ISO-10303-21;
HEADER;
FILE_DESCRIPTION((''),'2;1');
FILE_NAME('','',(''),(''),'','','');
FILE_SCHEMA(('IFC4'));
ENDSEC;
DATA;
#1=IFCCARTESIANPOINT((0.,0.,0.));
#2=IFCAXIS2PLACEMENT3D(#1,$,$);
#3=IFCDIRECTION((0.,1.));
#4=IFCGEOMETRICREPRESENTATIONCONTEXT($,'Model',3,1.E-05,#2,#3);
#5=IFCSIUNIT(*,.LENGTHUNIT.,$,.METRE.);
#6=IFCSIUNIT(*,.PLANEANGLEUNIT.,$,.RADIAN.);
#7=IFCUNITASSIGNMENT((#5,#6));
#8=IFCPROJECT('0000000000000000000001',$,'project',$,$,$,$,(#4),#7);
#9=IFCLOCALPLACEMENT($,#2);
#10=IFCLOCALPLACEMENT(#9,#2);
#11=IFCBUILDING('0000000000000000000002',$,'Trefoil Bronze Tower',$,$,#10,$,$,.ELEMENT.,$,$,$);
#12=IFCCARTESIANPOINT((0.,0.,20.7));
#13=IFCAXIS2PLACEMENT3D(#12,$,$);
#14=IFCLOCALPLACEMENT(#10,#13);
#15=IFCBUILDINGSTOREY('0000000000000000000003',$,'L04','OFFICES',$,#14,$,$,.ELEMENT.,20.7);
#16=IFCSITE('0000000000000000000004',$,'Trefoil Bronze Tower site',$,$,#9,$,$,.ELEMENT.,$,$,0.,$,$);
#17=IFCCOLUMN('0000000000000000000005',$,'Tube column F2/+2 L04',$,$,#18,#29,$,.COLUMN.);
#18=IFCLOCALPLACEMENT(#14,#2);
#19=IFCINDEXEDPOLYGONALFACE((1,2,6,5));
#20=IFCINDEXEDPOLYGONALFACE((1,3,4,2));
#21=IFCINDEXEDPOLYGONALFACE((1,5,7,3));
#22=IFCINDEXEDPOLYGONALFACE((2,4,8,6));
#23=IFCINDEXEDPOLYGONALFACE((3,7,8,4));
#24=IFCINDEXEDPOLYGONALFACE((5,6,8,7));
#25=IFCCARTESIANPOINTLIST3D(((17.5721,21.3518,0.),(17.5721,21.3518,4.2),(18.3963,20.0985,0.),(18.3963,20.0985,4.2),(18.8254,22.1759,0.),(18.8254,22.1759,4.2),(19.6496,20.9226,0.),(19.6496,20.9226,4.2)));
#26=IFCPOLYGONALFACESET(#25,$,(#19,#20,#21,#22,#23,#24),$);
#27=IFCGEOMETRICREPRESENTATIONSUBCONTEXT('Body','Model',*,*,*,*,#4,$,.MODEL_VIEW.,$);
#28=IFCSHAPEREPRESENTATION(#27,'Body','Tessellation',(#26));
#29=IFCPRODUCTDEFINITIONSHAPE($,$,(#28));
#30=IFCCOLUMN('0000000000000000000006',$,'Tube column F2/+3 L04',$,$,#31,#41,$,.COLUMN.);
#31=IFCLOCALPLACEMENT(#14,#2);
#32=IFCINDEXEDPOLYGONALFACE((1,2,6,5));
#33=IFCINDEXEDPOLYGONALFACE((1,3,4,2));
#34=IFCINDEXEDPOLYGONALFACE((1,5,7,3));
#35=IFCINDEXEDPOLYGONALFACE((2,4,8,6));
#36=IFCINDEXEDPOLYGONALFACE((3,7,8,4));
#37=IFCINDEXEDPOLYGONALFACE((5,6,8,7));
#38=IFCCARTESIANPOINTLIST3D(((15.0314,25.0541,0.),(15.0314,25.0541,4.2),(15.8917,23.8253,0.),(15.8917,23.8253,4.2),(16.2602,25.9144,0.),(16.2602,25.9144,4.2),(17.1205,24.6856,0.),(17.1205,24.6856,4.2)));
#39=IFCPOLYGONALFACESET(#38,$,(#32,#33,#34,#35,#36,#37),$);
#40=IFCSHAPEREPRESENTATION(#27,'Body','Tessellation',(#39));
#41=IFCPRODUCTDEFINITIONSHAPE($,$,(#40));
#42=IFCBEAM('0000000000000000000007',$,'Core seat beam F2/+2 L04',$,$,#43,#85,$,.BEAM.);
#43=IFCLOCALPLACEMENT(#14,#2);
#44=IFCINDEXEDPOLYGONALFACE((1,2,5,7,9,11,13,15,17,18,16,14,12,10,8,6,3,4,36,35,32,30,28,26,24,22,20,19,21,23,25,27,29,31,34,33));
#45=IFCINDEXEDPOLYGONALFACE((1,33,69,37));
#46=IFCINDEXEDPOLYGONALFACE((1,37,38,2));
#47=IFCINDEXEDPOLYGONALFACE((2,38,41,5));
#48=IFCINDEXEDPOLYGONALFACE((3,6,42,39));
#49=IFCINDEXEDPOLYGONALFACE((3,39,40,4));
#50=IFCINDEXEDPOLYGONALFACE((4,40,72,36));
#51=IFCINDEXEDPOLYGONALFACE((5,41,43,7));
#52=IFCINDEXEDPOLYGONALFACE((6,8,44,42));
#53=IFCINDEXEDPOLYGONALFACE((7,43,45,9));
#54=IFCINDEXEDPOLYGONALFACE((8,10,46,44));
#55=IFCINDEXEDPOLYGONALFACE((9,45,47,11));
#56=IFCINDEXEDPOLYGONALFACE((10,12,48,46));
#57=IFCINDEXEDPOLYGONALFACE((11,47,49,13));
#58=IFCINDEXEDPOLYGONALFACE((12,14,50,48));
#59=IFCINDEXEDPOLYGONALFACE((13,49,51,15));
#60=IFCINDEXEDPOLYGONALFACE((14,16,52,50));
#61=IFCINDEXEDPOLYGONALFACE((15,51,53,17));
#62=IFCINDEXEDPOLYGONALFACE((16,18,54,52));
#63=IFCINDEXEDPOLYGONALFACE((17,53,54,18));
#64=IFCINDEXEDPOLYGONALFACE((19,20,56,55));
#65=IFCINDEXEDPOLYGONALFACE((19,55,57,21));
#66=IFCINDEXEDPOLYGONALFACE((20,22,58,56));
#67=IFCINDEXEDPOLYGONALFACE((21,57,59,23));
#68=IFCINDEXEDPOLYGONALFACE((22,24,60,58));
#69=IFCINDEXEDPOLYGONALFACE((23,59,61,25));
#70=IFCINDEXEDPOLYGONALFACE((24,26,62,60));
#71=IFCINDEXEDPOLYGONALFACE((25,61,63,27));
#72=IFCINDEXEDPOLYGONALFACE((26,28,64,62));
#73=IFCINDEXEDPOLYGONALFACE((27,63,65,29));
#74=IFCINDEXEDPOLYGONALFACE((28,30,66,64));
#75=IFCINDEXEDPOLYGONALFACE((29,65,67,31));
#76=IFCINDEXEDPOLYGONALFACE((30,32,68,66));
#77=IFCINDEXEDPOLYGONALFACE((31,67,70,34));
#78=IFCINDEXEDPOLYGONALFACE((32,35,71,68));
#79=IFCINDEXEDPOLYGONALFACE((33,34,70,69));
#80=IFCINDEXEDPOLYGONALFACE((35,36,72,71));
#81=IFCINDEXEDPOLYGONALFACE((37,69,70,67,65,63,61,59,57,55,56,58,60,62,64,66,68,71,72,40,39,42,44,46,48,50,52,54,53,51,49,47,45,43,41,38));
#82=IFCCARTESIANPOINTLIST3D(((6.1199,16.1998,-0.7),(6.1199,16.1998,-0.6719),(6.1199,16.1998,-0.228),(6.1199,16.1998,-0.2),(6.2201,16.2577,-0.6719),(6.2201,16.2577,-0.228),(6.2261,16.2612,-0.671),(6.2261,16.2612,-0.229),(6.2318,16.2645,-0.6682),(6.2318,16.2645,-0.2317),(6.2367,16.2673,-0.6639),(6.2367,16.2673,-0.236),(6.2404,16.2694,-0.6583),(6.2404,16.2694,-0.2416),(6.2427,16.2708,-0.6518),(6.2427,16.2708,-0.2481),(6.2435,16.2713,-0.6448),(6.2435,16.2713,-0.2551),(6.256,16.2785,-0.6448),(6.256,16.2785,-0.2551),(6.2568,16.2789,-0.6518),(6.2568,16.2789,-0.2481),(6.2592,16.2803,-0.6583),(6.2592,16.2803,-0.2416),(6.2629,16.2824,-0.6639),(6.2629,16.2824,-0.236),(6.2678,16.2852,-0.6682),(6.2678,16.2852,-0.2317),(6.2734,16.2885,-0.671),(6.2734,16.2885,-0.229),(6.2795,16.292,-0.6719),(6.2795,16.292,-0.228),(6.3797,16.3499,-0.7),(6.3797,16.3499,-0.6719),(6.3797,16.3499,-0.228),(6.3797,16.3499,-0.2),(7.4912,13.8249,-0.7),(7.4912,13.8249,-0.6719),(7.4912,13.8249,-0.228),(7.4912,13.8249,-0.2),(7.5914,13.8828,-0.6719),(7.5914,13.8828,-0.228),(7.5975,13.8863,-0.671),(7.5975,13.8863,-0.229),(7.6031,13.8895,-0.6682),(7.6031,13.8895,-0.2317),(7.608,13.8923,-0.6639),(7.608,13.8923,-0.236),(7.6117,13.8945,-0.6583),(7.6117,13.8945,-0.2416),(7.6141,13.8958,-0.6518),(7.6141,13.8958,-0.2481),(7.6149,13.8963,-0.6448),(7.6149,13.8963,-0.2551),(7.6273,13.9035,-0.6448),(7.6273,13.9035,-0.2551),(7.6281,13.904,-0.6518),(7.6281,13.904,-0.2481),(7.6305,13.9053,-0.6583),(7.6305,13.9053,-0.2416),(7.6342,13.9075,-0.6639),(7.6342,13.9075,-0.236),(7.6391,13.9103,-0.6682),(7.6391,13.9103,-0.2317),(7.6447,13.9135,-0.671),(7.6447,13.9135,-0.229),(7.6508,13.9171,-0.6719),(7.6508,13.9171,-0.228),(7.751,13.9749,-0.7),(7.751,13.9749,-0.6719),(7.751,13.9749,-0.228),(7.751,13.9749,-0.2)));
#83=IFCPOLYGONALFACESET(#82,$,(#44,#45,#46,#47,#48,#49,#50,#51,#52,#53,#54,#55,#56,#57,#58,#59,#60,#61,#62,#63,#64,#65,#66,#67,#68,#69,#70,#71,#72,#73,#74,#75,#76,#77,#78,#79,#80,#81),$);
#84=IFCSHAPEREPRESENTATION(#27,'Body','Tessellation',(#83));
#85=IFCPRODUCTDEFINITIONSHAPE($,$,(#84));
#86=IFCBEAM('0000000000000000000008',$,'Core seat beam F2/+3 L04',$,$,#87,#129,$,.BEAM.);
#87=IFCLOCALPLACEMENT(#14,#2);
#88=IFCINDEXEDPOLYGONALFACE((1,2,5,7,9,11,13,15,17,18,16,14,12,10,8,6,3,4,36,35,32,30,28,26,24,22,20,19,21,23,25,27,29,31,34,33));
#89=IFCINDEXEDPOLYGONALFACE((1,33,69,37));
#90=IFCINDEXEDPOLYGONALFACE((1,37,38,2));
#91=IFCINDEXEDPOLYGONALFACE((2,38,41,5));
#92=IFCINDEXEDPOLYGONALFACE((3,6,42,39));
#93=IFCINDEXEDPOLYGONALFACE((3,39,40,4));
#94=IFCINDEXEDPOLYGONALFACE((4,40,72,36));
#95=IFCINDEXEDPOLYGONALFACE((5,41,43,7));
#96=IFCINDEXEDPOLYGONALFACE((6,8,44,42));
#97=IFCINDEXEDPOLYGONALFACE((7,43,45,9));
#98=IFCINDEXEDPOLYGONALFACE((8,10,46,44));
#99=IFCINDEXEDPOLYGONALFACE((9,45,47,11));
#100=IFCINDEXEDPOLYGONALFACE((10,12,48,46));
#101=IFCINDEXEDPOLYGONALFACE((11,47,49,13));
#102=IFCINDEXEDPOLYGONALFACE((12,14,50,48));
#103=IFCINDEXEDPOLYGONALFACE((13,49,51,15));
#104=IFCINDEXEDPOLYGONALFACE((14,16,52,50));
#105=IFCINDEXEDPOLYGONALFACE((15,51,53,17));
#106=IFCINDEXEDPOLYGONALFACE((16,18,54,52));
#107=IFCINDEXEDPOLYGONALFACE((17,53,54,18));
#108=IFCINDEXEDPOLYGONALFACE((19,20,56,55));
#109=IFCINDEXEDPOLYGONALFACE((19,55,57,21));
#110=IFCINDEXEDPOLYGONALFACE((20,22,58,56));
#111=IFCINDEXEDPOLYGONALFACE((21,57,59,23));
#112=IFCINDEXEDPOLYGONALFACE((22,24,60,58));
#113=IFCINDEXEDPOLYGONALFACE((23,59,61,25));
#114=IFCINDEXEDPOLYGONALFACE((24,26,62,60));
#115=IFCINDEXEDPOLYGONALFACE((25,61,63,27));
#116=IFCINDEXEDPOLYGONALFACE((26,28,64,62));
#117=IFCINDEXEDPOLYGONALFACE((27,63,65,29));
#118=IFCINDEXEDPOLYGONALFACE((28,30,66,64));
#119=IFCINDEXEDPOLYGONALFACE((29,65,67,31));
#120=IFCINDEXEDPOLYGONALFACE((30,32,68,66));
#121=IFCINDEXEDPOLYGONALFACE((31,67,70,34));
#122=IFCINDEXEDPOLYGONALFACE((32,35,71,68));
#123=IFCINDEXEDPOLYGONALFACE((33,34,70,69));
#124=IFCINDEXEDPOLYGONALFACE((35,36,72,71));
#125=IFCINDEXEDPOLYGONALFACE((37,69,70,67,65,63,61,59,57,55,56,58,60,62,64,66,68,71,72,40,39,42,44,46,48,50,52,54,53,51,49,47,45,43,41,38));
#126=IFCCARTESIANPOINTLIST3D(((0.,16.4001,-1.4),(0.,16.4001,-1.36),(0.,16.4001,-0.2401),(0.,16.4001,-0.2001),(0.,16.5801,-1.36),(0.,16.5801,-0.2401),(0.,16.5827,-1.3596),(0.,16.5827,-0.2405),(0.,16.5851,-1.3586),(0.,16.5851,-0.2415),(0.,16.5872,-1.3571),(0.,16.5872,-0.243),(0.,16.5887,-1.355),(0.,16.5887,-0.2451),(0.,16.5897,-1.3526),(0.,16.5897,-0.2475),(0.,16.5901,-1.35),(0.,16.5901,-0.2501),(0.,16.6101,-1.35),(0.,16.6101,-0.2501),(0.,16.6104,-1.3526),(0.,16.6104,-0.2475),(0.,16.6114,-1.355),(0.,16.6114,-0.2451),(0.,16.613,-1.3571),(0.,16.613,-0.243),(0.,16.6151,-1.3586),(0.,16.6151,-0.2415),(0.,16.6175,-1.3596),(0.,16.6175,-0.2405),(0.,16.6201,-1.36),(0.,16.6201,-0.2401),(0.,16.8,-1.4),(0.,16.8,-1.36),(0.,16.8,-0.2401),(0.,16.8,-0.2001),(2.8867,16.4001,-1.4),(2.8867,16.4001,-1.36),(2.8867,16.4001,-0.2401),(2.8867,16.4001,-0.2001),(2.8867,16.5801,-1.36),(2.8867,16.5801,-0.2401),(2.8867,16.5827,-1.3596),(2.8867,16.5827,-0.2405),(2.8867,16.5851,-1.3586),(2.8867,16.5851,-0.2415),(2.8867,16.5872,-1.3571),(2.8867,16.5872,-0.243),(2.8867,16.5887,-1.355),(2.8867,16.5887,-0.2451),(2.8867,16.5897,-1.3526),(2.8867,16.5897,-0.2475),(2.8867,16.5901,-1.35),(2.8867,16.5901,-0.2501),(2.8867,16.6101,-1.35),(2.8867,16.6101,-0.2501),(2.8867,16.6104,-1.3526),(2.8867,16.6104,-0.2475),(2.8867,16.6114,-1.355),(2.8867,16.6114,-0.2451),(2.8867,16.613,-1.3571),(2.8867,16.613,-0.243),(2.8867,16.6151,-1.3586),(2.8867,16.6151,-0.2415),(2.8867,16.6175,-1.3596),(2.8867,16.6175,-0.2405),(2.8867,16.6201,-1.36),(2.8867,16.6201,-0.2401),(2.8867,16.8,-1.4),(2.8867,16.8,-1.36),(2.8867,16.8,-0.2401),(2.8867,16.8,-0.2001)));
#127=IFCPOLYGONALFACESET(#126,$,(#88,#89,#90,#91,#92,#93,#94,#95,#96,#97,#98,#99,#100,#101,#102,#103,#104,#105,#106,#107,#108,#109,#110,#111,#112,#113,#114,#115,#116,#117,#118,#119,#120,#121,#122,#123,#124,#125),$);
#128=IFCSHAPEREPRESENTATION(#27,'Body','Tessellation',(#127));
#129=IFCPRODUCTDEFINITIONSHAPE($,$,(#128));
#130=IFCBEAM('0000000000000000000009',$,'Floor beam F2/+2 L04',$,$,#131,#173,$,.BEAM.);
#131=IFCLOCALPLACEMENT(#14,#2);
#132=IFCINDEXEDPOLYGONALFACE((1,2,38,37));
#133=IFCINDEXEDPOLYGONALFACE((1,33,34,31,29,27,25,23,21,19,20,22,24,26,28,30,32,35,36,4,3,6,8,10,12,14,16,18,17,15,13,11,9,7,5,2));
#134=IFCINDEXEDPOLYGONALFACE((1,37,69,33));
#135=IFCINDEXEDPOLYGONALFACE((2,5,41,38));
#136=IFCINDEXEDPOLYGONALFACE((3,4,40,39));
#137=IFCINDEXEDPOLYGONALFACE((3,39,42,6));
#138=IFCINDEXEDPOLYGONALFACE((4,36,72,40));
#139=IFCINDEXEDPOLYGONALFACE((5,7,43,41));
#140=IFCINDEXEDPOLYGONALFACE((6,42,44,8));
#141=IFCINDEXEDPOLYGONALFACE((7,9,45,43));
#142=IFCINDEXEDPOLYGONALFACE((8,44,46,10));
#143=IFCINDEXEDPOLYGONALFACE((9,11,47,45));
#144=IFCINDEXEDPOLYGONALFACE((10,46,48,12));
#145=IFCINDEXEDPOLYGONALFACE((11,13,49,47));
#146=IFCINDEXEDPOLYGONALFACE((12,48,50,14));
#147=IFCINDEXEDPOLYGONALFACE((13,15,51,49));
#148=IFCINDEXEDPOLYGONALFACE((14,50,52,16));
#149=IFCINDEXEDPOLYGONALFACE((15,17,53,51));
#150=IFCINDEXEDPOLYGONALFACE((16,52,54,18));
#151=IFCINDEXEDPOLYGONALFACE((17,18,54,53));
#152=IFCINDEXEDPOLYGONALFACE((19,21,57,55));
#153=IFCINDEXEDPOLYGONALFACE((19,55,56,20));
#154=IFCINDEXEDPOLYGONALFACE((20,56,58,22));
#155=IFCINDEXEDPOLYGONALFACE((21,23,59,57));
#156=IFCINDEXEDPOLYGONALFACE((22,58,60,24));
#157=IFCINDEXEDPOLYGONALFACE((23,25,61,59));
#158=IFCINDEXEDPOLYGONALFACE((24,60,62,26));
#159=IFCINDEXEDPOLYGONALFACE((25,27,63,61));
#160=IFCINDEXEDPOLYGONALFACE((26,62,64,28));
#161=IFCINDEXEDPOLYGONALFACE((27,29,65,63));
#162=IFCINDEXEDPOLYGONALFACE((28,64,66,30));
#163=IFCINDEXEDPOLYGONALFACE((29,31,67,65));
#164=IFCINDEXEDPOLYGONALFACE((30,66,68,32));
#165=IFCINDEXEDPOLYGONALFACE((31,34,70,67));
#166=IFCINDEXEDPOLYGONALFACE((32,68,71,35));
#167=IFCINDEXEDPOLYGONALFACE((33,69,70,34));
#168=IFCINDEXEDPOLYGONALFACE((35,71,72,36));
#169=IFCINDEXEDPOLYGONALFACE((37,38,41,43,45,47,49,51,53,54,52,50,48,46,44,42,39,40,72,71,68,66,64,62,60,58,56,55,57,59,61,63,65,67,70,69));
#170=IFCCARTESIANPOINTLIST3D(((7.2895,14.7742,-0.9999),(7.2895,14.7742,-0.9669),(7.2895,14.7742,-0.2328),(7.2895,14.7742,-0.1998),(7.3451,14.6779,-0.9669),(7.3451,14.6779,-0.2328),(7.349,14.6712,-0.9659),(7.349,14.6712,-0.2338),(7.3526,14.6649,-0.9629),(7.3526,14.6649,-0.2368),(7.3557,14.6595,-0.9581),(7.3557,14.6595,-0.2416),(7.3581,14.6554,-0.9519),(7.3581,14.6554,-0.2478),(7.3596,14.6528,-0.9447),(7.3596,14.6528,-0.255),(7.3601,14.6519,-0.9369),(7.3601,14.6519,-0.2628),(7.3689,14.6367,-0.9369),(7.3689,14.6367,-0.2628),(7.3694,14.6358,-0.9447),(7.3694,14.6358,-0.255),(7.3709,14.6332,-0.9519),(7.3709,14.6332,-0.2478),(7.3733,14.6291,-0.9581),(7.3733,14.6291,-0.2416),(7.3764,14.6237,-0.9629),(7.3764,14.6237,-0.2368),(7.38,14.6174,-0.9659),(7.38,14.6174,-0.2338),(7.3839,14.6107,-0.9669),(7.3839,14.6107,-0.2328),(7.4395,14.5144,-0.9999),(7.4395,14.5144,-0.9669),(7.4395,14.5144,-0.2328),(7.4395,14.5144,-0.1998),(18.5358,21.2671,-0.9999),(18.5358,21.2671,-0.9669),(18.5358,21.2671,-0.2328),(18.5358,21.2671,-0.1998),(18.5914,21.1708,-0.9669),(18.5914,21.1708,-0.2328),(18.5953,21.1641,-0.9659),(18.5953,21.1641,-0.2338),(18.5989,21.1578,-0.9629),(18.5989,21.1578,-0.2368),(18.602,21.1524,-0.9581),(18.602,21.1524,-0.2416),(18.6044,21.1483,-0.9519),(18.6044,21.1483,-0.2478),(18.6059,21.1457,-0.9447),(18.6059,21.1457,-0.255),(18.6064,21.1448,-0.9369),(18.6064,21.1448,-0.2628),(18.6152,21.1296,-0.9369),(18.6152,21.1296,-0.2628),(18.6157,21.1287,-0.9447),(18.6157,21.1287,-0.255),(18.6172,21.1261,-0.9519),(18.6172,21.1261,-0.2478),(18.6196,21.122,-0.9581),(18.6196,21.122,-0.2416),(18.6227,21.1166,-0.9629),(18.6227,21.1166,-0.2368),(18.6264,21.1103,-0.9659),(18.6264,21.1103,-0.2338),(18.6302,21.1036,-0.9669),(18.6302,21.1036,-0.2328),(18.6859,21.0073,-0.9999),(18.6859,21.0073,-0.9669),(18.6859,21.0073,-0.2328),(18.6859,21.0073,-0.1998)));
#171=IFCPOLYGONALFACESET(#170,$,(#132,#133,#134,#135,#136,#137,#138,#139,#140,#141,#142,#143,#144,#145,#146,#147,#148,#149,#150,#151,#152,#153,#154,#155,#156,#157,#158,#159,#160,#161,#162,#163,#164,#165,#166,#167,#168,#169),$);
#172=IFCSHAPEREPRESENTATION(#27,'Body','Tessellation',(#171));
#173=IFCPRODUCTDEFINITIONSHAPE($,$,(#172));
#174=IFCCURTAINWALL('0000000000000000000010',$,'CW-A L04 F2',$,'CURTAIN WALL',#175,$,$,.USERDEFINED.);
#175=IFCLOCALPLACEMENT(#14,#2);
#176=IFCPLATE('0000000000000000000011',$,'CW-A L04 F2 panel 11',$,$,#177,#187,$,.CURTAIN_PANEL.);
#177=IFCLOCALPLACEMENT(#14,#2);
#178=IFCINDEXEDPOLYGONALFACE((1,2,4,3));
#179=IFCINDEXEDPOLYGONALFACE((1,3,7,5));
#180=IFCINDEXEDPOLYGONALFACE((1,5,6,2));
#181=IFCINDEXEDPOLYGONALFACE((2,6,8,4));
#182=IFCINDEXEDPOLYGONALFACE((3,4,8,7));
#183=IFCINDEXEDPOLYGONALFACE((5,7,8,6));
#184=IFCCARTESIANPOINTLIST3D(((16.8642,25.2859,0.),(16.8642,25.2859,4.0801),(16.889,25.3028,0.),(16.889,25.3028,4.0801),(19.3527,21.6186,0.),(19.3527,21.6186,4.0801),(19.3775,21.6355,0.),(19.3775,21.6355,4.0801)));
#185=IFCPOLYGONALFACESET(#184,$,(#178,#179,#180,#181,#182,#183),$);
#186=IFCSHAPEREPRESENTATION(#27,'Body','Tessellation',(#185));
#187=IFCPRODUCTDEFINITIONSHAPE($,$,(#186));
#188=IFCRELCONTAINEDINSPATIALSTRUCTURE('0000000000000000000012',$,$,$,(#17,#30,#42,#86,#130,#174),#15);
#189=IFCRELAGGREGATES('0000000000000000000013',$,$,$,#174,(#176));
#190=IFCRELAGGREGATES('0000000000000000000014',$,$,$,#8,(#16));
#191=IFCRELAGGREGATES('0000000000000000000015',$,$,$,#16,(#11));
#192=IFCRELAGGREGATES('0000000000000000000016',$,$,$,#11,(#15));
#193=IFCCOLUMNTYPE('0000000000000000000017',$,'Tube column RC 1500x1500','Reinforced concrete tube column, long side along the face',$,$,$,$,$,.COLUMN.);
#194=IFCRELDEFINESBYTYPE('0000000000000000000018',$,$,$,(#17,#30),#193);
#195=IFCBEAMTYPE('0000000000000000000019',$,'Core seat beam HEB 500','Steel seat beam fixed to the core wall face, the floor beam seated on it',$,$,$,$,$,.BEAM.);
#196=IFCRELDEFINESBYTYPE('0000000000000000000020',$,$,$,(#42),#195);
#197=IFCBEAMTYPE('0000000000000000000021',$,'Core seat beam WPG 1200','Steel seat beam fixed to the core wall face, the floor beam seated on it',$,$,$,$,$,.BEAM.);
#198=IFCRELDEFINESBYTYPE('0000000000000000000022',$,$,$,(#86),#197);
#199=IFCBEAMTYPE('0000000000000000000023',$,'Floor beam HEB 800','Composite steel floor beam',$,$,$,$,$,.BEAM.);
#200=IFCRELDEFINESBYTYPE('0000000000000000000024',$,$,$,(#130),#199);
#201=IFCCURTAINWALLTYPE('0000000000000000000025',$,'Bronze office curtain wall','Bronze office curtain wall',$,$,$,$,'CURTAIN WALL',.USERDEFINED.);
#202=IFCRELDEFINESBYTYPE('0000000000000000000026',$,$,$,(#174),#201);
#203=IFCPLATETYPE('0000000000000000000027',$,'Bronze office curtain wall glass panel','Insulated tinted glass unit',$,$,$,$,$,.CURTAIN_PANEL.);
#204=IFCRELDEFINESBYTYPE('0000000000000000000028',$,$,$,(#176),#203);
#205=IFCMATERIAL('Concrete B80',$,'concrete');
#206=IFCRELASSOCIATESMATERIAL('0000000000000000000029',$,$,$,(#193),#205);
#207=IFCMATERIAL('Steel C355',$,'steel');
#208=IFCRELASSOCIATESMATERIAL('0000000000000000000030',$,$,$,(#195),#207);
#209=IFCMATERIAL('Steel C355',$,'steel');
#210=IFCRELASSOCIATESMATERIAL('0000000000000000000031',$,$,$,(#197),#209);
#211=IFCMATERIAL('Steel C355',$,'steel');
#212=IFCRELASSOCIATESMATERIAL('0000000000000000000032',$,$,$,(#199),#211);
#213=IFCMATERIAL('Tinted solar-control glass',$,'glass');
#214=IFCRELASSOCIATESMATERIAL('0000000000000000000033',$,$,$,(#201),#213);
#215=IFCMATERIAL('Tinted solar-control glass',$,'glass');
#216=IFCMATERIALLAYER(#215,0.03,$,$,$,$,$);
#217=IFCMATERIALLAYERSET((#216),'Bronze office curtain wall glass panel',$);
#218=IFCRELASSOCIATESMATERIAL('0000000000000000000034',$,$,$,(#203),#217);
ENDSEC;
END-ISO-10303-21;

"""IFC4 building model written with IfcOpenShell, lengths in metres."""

from ifc_helpers import new_model, si_unit, direction, frame, origin, origin_2d, place, context, subcontext, project, spatial, rectangle, i_section, extrude, material, layer, layer_set, material_profile, profile_set, type_object, element, aggregate, save


model = new_model("IFC4")

# Units and contexts
model_context = context("Model", 3, precision=1e-05, world=origin(), true_north=direction((0.0, 1.0)))
body_context = subcontext(model_context, "Body", "Model", "MODEL_VIEW")
ifc_project = project(units=[si_unit("LENGTHUNIT", "METRE"), si_unit("PLANEANGLEUNIT", "RADIAN")], contexts=[model_context])

# Site, building, storey
site_placement = place(None, origin())
site = spatial("IfcSite", under=ifc_project, at=site_placement, Name="Trefoil Bronze Tower site", CompositionType="ELEMENT", RefElevation=0.0)
building_placement = place(site_placement, origin())
building = spatial("IfcBuilding", under=site, at=building_placement, Name="Trefoil Bronze Tower", CompositionType="ELEMENT")
storey_placement = place(building_placement, frame((0.0, 0.0, 20.7)))
storey = spatial("IfcBuildingStorey", under=building, at=storey_placement, Name="L04", Description="OFFICES", CompositionType="ELEMENT", Elevation=20.7)

# Columns
ifc_material_1 = material(Name="Concrete B80", Category="concrete")
ifc_material_profile_1 = material_profile(ifc_material_1, rectangle(XDim=1.5, YDim=1.5, at=origin_2d()), Name="RC 1500x1500")
ifc_profile_set_1 = profile_set([ifc_material_profile_1], Name="Concrete B80")
column_type = type_object("IfcColumnType", Name="Tube column RC 1500x1500", Description="Reinforced concrete tube column, long side along the face", PredefinedType="COLUMN", material=ifc_profile_set_1)
for number, where, z_axis, x_axis, name in (
    (1, (18.6108, 21.1372, 0.0), (0.0, 0.0, 1.0), (-0.549424, 0.835544, 0.0), "Tube column F2/+2 L04"),
    (2, (16.0759, 24.8699, 0.0), (0.0, 0.0, 1.0), (-0.573502, 0.819204, 0.0), "Tube column F2/+3 L04"),
):
    element("IfcColumn", number, at=place(storey_placement, frame(where, z_axis=z_axis, x_axis=x_axis)), inside=storey, type_object=column_type, Name=name, PredefinedType="COLUMN", context=body_context, shape_type="SweptSolid", body=[
        extrude(rectangle(XDim=1.5, YDim=1.5, at=origin_2d()), origin(), (0.0, 0.0, 1.0), 4.2),
    ])

# Beams
ifc_material_2 = material(Name="Steel C355", Category="steel")
ifc_material_profile_2 = material_profile(ifc_material_2, i_section(OverallWidth=0.3, OverallDepth=0.5, WebThickness=0.0144, FlangeThickness=0.0281, FilletRadius=0.0271, at=origin_2d()), Name="HEB 500")
ifc_profile_set_2 = profile_set([ifc_material_profile_2], Name="Steel C355")
beam_type_1 = type_object("IfcBeamType", Name="Core seat beam HEB 500", Description="Steel seat beam fixed to the core wall face, the floor beam seated on it", PredefinedType="BEAM", material=ifc_profile_set_2)
beam_1_placement = place(storey_placement, frame((7.6211, 13.8999, -0.45), z_axis=(-0.500036, 0.866005, 0.0), x_axis=(-0.866005, -0.500036, 0.0)))
element("IfcBeam", 3, at=beam_1_placement, inside=storey, type_object=beam_type_1, Name="Core seat beam F2/+2 L04", PredefinedType="BEAM", context=body_context, shape_type="SweptSolid", body=[
    extrude(i_section(OverallWidth=0.3, OverallDepth=0.5, WebThickness=0.0144, FlangeThickness=0.0281, FilletRadius=0.0271, at=origin_2d()), origin(), (0.0, 0.0, 1.0), 2.7424),
])
ifc_material_3 = material(Name="Steel C355", Category="steel")
ifc_material_profile_3 = material_profile(ifc_material_3, i_section(OverallWidth=0.3999, OverallDepth=1.2, WebThickness=0.02, FlangeThickness=0.04, FilletRadius=0.01, at=origin_2d()), Name="WPG 1200")
ifc_profile_set_3 = profile_set([ifc_material_profile_3], Name="Steel C355")
beam_type_2 = type_object("IfcBeamType", Name="Core seat beam WPG 1200", Description="Steel seat beam fixed to the core wall face, the floor beam seated on it", PredefinedType="BEAM", material=ifc_profile_set_3)
beam_2_placement = place(storey_placement, frame((2.8867, 16.6001, -0.8), z_axis=(-1.0, 0.0, 0.0), x_axis=(0.0, -1.0, 0.0)))
element("IfcBeam", 4, at=beam_2_placement, inside=storey, type_object=beam_type_2, Name="Core seat beam F2/+3 L04", PredefinedType="BEAM", context=body_context, shape_type="SweptSolid", body=[
    extrude(i_section(OverallWidth=0.3999, OverallDepth=1.2, WebThickness=0.02, FlangeThickness=0.04, FilletRadius=0.01, at=origin_2d()), origin(), (0.0, 0.0, 1.0), 2.8867),
])
ifc_material_4 = material(Name="Steel C355", Category="steel")
ifc_material_profile_4 = material_profile(ifc_material_4, i_section(OverallWidth=0.3, OverallDepth=0.8, WebThickness=0.0176, FlangeThickness=0.033, FilletRadius=0.03, at=origin_2d()), Name="HEB 800")
ifc_profile_set_4 = profile_set([ifc_material_profile_4], Name="Steel C355")
beam_type_3 = type_object("IfcBeamType", Name="Floor beam HEB 800", Description="Composite steel floor beam", PredefinedType="BEAM", material=ifc_profile_set_4)
beam_3_placement = place(storey_placement, frame((18.6108, 21.1372, -0.5999), z_axis=(-0.866031, -0.499991, 0.0), x_axis=(0.499991, -0.866031, 0.0)))
element("IfcBeam", 5, at=beam_3_placement, inside=storey, type_object=beam_type_3, Name="Floor beam F2/+2 L04", PredefinedType="BEAM", context=body_context, shape_type="SweptSolid", body=[
    extrude(i_section(OverallWidth=0.3, OverallDepth=0.8, WebThickness=0.0176, FlangeThickness=0.033, FilletRadius=0.03, at=origin_2d()), origin(), (0.0, 0.0, 1.0), 12.9861),
])

# Curtain wall, plate
ifc_material_5 = material(Name="Tinted solar-control glass", Category="glass")
curtain_wall_type = type_object("IfcCurtainWallType", Name="Bronze office curtain wall", Description="Bronze office curtain wall", ElementType="CURTAIN WALL", PredefinedType="USERDEFINED", material=ifc_material_5)
curtain_wall_placement = place(storey_placement, origin())
curtain_wall = element("IfcCurtainWall", 6, at=curtain_wall_placement, inside=storey, type_object=curtain_wall_type, Name="CW-A L04 F2", ObjectType="CURTAIN WALL", PredefinedType="USERDEFINED")
ifc_material_6 = material(Name="Tinted solar-control glass", Category="glass")
ifc_layer_1 = layer(ifc_material_6, 0.03)
ifc_layer_set_1 = layer_set([ifc_layer_1], Name="Bronze office curtain wall glass panel")
plate_type = type_object("IfcPlateType", Name="Bronze office curtain wall glass panel", Description="Insulated tinted glass unit", PredefinedType="CURTAIN_PANEL", material=ifc_layer_set_1)
plate_placement = place(storey_placement, frame((18.1208, 23.4607, 0.0), z_axis=(0.0, 0.0, 1.0), x_axis=(-0.56151, 0.82747, 0.0)))
plate = element("IfcPlate", 7, at=plate_placement, type_object=plate_type, Name="CW-A L04 F2 panel 11", PredefinedType="CURTAIN_PANEL", context=body_context, shape_type="SweptSolid", body=[
    extrude(rectangle(XDim=4.4319, YDim=0.03, at=origin_2d()), origin(), (0.0, 0.0, 1.0), 4.0801),
])
aggregate(curtain_wall, [plate])

save(model, "model.ifc")
